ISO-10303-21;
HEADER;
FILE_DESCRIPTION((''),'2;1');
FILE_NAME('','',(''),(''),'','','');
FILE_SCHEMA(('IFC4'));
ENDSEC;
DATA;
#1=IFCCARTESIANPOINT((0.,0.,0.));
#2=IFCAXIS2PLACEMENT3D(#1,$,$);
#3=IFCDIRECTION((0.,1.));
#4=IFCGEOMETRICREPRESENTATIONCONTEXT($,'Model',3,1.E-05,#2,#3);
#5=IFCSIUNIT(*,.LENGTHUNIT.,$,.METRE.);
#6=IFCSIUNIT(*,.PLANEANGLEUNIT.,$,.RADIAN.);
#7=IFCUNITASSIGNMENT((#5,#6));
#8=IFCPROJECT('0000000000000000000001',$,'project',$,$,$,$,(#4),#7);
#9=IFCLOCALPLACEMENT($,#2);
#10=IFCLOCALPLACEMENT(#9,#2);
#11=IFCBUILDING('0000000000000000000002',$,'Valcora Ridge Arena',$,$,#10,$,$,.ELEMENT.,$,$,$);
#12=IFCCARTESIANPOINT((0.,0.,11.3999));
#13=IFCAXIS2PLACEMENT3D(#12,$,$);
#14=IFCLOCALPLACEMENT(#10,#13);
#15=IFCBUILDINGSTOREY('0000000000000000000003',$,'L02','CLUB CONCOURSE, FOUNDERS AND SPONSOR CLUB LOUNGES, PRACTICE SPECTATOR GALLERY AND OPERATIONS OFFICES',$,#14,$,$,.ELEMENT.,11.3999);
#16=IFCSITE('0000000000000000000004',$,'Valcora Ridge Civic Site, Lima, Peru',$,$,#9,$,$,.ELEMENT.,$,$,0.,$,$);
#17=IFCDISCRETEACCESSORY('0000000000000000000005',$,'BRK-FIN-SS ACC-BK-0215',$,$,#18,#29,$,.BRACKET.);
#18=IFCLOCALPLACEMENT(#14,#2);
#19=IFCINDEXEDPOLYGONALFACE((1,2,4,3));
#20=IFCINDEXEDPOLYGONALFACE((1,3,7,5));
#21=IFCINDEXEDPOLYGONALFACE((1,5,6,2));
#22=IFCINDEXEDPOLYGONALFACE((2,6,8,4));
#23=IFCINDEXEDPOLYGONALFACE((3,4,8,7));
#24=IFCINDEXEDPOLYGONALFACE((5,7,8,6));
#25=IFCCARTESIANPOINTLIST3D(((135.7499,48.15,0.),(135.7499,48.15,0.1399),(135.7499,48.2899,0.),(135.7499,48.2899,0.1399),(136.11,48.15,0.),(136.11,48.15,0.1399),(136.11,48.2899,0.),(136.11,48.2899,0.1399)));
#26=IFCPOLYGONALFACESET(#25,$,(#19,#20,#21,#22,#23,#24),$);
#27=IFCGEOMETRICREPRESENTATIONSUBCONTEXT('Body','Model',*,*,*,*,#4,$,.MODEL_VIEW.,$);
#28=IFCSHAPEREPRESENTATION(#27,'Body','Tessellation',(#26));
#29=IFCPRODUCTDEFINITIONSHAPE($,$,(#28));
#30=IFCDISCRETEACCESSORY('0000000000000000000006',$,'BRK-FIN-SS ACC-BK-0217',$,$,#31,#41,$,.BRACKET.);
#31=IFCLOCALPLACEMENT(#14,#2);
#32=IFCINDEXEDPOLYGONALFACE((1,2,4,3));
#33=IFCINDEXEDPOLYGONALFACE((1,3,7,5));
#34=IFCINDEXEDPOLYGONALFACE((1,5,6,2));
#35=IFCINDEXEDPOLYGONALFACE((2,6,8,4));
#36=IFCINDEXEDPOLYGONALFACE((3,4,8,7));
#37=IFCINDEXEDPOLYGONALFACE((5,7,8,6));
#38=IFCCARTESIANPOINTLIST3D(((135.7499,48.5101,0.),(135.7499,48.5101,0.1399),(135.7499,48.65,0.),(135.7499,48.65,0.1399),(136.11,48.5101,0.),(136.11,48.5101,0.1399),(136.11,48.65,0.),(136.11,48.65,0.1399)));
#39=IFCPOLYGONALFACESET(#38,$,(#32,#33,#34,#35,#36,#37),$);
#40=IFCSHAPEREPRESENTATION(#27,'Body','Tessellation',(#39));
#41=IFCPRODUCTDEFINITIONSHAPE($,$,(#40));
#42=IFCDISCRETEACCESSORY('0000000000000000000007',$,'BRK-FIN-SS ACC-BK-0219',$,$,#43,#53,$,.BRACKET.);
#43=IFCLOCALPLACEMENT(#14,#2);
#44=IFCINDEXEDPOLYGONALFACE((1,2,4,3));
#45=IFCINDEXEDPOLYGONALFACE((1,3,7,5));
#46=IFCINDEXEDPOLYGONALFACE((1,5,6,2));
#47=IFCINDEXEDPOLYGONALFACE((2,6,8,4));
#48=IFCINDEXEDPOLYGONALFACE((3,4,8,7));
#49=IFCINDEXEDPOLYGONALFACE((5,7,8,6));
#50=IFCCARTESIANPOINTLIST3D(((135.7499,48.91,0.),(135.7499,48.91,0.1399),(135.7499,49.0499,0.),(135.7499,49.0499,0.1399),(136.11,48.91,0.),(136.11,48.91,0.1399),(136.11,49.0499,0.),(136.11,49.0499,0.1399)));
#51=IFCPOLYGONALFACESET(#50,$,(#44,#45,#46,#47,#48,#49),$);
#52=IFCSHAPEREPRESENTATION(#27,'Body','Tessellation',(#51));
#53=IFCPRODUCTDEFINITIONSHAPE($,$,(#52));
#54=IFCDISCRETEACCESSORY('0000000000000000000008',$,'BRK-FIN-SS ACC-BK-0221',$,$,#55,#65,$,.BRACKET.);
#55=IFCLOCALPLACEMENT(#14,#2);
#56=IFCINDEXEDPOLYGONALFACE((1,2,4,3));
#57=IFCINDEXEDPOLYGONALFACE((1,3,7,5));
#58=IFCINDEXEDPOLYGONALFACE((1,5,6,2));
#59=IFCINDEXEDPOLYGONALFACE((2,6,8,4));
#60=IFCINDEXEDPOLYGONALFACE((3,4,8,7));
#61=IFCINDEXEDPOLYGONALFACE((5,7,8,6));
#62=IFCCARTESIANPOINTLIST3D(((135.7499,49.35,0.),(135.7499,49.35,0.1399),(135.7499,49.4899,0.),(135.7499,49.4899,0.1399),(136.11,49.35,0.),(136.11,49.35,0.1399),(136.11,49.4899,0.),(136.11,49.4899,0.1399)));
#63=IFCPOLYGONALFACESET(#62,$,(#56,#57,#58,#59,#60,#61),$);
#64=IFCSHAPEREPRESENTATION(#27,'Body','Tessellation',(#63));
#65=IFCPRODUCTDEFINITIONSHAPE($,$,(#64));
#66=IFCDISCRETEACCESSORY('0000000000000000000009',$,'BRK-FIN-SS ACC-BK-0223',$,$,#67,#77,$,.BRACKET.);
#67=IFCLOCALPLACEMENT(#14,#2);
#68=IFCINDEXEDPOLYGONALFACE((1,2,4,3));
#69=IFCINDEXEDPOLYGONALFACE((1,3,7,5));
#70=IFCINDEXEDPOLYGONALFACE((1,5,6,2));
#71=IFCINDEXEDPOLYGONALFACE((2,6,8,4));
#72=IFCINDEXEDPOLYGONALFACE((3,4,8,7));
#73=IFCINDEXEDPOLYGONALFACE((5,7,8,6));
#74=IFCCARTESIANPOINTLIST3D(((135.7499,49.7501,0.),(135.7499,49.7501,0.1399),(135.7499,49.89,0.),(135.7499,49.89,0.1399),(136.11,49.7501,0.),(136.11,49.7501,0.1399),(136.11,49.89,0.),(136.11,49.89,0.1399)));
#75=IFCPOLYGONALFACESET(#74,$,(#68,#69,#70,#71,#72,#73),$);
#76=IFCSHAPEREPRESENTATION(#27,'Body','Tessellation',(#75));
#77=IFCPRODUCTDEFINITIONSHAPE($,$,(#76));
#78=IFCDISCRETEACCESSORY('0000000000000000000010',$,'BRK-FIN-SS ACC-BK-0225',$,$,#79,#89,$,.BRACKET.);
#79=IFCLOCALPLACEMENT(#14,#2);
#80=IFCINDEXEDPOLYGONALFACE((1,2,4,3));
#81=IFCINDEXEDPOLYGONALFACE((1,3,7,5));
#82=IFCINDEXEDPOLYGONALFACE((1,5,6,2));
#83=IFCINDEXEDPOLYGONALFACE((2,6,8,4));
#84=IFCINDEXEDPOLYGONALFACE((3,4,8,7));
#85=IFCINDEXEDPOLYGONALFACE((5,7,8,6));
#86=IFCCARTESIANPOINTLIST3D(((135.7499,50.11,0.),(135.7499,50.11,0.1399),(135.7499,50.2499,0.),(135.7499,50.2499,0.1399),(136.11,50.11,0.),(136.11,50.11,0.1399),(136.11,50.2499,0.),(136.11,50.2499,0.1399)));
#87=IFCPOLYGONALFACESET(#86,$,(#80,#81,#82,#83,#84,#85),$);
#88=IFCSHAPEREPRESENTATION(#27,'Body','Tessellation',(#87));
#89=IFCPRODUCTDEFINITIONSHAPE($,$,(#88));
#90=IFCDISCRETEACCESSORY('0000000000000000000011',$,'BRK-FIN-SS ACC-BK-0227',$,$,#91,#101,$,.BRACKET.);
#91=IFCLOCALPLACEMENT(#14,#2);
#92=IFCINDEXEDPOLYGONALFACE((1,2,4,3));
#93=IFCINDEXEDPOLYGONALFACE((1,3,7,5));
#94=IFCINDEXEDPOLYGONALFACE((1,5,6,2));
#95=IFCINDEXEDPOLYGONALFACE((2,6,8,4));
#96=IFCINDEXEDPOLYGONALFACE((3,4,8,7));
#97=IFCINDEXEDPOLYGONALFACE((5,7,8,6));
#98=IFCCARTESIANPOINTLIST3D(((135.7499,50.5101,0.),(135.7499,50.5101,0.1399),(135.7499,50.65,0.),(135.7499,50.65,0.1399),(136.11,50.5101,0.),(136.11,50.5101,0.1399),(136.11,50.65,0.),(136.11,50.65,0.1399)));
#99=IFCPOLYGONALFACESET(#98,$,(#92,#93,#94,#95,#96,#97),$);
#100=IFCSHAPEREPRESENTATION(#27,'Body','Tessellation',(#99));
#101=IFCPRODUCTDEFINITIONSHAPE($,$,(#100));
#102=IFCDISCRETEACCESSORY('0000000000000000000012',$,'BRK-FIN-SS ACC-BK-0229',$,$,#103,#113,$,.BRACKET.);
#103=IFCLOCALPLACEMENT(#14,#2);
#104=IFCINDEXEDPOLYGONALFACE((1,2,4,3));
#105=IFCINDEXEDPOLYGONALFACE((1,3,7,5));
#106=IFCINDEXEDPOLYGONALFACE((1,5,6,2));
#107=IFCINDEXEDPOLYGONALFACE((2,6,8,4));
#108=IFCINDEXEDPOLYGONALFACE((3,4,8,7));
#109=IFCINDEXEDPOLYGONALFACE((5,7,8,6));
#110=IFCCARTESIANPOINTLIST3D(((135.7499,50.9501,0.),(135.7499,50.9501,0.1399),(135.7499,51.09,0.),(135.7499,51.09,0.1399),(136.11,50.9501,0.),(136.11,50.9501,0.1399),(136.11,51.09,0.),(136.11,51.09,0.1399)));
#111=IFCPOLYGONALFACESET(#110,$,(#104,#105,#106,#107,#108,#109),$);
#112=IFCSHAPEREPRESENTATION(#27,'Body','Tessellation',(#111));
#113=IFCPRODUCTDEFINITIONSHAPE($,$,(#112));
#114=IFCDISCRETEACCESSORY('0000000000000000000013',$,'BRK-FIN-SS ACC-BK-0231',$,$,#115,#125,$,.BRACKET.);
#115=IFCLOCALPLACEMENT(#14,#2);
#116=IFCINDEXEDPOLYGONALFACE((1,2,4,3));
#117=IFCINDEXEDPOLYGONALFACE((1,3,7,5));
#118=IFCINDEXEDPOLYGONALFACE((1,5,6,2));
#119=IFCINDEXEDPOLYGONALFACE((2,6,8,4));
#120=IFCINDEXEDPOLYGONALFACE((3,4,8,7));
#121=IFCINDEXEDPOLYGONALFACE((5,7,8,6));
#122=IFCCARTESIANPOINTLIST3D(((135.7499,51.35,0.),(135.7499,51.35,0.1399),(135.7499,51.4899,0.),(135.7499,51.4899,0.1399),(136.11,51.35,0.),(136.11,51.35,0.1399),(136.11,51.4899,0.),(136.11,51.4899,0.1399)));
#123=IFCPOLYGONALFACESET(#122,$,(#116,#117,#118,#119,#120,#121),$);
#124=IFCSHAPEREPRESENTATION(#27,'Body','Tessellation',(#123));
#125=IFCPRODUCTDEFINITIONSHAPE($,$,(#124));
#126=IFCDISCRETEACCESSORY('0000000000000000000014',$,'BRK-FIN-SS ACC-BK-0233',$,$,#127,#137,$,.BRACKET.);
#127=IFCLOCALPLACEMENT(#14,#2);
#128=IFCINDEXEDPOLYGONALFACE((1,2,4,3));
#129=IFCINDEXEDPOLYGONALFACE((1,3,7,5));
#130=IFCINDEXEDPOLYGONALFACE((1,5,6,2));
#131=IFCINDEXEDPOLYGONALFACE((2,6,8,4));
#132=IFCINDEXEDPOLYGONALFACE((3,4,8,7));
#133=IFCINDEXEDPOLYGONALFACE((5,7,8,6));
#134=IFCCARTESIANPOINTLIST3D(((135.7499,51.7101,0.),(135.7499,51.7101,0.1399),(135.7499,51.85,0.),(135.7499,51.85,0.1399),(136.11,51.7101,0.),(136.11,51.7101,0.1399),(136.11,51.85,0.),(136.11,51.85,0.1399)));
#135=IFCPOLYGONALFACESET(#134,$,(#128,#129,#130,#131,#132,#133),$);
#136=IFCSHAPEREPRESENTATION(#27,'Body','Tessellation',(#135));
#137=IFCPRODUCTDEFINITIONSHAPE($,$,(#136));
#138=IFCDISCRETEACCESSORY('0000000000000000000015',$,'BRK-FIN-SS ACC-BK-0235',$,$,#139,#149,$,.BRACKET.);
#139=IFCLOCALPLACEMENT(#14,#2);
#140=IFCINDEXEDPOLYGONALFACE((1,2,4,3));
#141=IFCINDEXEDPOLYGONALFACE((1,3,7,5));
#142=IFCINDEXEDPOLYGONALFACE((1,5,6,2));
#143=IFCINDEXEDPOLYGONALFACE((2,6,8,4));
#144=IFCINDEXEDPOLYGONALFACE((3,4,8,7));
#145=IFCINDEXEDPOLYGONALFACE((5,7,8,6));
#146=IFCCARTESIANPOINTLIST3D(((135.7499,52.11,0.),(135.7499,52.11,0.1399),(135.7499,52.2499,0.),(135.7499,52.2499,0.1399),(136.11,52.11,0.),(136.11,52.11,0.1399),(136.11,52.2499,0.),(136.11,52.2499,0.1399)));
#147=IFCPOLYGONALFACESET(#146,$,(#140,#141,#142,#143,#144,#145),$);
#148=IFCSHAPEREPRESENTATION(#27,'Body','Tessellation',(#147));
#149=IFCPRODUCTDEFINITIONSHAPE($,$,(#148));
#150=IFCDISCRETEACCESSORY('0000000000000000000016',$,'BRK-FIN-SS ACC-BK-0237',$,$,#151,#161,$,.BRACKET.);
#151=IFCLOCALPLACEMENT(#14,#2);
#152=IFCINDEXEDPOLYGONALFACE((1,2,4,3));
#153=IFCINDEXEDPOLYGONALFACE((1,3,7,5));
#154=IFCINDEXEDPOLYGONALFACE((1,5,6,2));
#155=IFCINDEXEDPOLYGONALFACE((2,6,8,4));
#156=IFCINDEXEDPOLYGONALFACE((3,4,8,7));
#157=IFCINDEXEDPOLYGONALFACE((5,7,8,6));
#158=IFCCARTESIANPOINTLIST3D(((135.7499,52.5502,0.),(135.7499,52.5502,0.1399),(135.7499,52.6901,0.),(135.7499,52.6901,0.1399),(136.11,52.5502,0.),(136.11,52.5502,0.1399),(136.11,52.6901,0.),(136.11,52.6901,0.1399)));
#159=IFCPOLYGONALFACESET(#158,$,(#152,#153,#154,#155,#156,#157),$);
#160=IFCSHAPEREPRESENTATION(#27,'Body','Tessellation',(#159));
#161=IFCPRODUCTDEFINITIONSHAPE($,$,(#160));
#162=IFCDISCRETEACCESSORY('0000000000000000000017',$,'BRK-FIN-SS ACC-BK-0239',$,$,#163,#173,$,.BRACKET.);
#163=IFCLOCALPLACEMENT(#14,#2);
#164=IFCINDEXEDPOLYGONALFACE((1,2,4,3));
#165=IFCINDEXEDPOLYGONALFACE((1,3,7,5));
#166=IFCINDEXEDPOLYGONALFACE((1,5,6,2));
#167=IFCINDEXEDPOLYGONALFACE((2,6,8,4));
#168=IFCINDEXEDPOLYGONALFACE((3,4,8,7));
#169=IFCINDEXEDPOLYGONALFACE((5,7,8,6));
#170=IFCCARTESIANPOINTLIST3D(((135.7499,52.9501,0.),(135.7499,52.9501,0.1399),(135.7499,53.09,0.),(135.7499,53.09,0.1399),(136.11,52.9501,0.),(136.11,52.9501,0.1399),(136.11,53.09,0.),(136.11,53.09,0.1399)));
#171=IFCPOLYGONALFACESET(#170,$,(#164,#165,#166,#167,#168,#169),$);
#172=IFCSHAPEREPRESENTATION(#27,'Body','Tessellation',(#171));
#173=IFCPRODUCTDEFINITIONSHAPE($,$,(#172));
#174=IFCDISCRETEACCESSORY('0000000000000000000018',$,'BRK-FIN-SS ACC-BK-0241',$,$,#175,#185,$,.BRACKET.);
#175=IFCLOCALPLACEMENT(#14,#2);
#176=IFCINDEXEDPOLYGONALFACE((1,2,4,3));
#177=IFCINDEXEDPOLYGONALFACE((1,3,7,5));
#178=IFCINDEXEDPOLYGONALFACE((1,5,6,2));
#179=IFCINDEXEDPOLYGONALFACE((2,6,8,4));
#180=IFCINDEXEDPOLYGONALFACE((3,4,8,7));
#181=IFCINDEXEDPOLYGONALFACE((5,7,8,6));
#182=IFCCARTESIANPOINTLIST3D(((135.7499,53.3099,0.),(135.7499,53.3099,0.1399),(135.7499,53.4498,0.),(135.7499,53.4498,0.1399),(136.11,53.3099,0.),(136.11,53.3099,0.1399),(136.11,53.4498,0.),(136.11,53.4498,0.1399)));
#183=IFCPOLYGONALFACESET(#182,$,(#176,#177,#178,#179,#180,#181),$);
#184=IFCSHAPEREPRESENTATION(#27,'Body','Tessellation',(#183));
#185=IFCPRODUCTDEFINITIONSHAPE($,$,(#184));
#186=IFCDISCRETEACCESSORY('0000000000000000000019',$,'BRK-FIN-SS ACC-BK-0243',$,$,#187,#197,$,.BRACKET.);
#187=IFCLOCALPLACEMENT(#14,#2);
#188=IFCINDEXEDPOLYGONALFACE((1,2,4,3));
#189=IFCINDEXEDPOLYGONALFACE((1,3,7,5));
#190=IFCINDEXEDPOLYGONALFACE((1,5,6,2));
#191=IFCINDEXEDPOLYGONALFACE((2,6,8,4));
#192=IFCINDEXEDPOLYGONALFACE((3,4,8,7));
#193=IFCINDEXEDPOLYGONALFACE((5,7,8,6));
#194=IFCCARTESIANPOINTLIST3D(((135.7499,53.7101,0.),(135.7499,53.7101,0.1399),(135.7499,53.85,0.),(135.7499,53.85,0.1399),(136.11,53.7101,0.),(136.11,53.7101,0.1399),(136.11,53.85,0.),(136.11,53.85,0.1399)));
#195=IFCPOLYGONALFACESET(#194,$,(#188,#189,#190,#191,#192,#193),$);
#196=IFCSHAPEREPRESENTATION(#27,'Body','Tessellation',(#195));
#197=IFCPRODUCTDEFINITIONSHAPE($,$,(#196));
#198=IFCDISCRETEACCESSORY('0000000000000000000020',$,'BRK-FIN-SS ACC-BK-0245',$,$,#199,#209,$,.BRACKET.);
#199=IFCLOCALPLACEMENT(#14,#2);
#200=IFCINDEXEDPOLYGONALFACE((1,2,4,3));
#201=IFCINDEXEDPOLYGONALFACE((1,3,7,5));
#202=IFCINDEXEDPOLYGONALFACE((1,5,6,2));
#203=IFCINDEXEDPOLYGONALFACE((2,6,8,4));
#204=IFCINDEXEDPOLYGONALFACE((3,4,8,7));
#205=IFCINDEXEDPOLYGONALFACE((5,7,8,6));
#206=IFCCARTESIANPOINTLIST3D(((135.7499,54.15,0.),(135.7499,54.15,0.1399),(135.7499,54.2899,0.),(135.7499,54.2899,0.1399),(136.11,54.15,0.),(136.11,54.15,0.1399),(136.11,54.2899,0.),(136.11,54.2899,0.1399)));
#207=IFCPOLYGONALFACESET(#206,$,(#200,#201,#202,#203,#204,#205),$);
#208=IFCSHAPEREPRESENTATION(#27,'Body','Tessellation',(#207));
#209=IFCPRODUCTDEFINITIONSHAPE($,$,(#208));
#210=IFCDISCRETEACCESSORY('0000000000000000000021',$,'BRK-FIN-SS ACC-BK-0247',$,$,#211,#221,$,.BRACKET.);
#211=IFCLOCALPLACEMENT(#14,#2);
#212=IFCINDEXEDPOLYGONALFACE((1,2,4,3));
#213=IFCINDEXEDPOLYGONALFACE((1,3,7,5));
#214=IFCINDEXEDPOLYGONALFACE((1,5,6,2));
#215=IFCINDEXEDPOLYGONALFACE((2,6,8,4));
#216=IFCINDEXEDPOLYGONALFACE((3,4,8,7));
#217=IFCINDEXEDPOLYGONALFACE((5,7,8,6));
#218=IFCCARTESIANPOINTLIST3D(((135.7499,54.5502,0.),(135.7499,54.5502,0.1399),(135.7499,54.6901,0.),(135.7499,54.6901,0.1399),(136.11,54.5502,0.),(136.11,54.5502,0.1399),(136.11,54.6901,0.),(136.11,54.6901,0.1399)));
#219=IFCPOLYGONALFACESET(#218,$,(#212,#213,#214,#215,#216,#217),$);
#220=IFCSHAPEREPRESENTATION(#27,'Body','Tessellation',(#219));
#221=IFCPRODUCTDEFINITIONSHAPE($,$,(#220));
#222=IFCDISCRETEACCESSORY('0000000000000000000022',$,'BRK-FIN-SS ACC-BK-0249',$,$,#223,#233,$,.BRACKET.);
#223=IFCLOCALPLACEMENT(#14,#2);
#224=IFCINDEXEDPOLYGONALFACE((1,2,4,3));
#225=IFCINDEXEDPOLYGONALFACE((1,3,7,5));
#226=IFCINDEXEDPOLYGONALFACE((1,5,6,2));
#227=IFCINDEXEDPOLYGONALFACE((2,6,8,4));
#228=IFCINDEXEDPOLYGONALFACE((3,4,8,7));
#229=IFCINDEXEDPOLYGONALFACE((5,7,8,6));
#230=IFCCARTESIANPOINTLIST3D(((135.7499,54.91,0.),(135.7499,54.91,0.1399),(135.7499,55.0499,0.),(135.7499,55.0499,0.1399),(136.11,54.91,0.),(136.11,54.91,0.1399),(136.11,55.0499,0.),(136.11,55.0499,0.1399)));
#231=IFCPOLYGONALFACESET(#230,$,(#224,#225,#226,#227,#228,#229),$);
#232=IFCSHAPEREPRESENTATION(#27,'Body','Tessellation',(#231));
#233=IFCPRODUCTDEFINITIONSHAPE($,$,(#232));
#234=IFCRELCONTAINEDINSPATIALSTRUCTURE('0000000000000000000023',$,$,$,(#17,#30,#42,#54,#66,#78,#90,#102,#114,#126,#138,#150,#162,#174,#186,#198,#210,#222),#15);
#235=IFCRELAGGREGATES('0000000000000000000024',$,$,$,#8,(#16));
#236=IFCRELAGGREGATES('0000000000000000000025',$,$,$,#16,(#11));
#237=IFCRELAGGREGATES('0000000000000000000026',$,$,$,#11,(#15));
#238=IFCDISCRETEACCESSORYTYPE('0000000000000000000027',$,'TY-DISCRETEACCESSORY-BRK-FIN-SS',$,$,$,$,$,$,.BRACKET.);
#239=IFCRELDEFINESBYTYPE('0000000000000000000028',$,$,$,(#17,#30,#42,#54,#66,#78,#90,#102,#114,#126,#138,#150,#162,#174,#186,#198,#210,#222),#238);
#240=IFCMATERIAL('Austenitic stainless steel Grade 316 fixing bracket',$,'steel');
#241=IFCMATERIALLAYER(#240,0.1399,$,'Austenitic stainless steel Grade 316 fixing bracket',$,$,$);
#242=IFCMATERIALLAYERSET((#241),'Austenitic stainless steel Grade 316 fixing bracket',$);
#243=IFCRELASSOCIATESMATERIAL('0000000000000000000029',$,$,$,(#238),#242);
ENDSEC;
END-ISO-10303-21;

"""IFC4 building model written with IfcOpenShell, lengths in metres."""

from ifc_helpers import new_model, si_unit, direction, frame, origin, origin_2d, place, context, subcontext, project, spatial, rectangle, extrude, material, layer, layer_set, type_object, element, save


model = new_model("IFC4")

# Units and contexts
model_context = context("Model", 3, precision=1e-05, world=origin(), true_north=direction((0.0, 1.0)))
body_context = subcontext(model_context, "Body", "Model", "MODEL_VIEW")
ifc_project = project(units=[si_unit("LENGTHUNIT", "METRE"), si_unit("PLANEANGLEUNIT", "RADIAN")], contexts=[model_context])

# Site, building, storey
site_placement = place(None, origin())
site = spatial("IfcSite", under=ifc_project, at=site_placement, Name="Valcora Ridge Civic Site, Lima, Peru", CompositionType="ELEMENT", RefElevation=0.0)
building_placement = place(site_placement, origin())
building = spatial("IfcBuilding", under=site, at=building_placement, Name="Valcora Ridge Arena", CompositionType="ELEMENT")
storey_placement = place(building_placement, frame((0.0, 0.0, 11.3999)))
storey = spatial("IfcBuildingStorey", under=building, at=storey_placement, Name="L02", Description="CLUB CONCOURSE, FOUNDERS AND SPONSOR CLUB LOUNGES, PRACTICE SPECTATOR GALLERY AND OPERATIONS OFFICES", CompositionType="ELEMENT", Elevation=11.3999)

# Discrete accessories
ifc_material_1 = material(Name="Austenitic stainless steel Grade 316 fixing bracket", Category="steel")
ifc_layer = layer(ifc_material_1, 0.1399, Name="Austenitic stainless steel Grade 316 fixing bracket")
ifc_layer_set = layer_set([ifc_layer], Name="Austenitic stainless steel Grade 316 fixing bracket")
discrete_accessory_type = type_object("IfcDiscreteAccessoryType", Name="TY-DISCRETEACCESSORY-BRK-FIN-SS", PredefinedType="BRACKET", material=ifc_layer_set)
for number, where, z_axis, x_axis, name in (
    (1, (135.9299, 48.22, 0.0), (0.0, 0.0, 1.0), (1.0, 0.0, 0.0), "BRK-FIN-SS ACC-BK-0215"),
    (2, (135.9299, 48.5801, 0.0), (0.0, 0.0, 1.0), (1.0, 0.0, 0.0), "BRK-FIN-SS ACC-BK-0217"),
    (3, (135.9299, 48.98, 0.0), (0.0, 0.0, 1.0), (1.0, 0.0, 0.0), "BRK-FIN-SS ACC-BK-0219"),
    (4, (135.9299, 49.4199, 0.0), (0.0, 0.0, 1.0), (1.0, 0.0, 0.0), "BRK-FIN-SS ACC-BK-0221"),
    (5, (135.9299, 49.8201, 0.0), (0.0, 0.0, 1.0), (1.0, 0.0, 0.0), "BRK-FIN-SS ACC-BK-0223"),
    (6, (135.9299, 50.1799, 0.0), (0.0, 0.0, 1.0), (1.0, 0.0, 0.0), "BRK-FIN-SS ACC-BK-0225"),
    (7, (135.9299, 50.5801, 0.0), (0.0, 0.0, 1.0), (1.0, 0.0, 0.0), "BRK-FIN-SS ACC-BK-0227"),
    (8, (135.9299, 51.02, 0.0), (0.0, 0.0, 1.0), (1.0, 0.0, 0.0), "BRK-FIN-SS ACC-BK-0229"),
    (9, (135.9299, 51.4199, 0.0), (0.0, 0.0, 1.0), (1.0, 0.0, 0.0), "BRK-FIN-SS ACC-BK-0231"),
    (10, (135.9299, 51.78, 0.0), (0.0, 0.0, 1.0), (1.0, 0.0, 0.0), "BRK-FIN-SS ACC-BK-0233"),
    (11, (135.9299, 52.1799, 0.0), (0.0, 0.0, 1.0), (1.0, 0.0, 0.0), "BRK-FIN-SS ACC-BK-0235"),
    (12, (135.9299, 52.6201, 0.0), (0.0, 0.0, 1.0), (1.0, 0.0, 0.0), "BRK-FIN-SS ACC-BK-0237"),
    (13, (135.9299, 53.02, 0.0), (0.0, 0.0, 1.0), (1.0, 0.0, 0.0), "BRK-FIN-SS ACC-BK-0239"),
    (14, (135.9299, 53.3799, 0.0), (0.0, 0.0, 1.0), (1.0, 0.0, 0.0), "BRK-FIN-SS ACC-BK-0241"),
    (15, (135.9299, 53.78, 0.0), (0.0, 0.0, 1.0), (1.0, 0.0, 0.0), "BRK-FIN-SS ACC-BK-0243"),
    (16, (135.9299, 54.22, 0.0), (0.0, 0.0, 1.0), (1.0, 0.0, 0.0), "BRK-FIN-SS ACC-BK-0245"),
    (17, (135.9299, 54.6201, 0.0), (0.0, 0.0, 1.0), (1.0, 0.0, 0.0), "BRK-FIN-SS ACC-BK-0247"),
    (18, (135.9299, 54.98, 0.0), (0.0, 0.0, 1.0), (1.0, 0.0, 0.0), "BRK-FIN-SS ACC-BK-0249"),
):
    element("IfcDiscreteAccessory", number, at=place(storey_placement, frame(where, z_axis=z_axis, x_axis=x_axis)), inside=storey, type_object=discrete_accessory_type, Name=name, PredefinedType="BRACKET", context=body_context, shape_type="SweptSolid", body=[
        extrude(rectangle(XDim=0.3601, YDim=0.1399, at=origin_2d()), origin(), (0.0, 0.0, 1.0), 0.1399),
    ])

save(model, "model.ifc")
